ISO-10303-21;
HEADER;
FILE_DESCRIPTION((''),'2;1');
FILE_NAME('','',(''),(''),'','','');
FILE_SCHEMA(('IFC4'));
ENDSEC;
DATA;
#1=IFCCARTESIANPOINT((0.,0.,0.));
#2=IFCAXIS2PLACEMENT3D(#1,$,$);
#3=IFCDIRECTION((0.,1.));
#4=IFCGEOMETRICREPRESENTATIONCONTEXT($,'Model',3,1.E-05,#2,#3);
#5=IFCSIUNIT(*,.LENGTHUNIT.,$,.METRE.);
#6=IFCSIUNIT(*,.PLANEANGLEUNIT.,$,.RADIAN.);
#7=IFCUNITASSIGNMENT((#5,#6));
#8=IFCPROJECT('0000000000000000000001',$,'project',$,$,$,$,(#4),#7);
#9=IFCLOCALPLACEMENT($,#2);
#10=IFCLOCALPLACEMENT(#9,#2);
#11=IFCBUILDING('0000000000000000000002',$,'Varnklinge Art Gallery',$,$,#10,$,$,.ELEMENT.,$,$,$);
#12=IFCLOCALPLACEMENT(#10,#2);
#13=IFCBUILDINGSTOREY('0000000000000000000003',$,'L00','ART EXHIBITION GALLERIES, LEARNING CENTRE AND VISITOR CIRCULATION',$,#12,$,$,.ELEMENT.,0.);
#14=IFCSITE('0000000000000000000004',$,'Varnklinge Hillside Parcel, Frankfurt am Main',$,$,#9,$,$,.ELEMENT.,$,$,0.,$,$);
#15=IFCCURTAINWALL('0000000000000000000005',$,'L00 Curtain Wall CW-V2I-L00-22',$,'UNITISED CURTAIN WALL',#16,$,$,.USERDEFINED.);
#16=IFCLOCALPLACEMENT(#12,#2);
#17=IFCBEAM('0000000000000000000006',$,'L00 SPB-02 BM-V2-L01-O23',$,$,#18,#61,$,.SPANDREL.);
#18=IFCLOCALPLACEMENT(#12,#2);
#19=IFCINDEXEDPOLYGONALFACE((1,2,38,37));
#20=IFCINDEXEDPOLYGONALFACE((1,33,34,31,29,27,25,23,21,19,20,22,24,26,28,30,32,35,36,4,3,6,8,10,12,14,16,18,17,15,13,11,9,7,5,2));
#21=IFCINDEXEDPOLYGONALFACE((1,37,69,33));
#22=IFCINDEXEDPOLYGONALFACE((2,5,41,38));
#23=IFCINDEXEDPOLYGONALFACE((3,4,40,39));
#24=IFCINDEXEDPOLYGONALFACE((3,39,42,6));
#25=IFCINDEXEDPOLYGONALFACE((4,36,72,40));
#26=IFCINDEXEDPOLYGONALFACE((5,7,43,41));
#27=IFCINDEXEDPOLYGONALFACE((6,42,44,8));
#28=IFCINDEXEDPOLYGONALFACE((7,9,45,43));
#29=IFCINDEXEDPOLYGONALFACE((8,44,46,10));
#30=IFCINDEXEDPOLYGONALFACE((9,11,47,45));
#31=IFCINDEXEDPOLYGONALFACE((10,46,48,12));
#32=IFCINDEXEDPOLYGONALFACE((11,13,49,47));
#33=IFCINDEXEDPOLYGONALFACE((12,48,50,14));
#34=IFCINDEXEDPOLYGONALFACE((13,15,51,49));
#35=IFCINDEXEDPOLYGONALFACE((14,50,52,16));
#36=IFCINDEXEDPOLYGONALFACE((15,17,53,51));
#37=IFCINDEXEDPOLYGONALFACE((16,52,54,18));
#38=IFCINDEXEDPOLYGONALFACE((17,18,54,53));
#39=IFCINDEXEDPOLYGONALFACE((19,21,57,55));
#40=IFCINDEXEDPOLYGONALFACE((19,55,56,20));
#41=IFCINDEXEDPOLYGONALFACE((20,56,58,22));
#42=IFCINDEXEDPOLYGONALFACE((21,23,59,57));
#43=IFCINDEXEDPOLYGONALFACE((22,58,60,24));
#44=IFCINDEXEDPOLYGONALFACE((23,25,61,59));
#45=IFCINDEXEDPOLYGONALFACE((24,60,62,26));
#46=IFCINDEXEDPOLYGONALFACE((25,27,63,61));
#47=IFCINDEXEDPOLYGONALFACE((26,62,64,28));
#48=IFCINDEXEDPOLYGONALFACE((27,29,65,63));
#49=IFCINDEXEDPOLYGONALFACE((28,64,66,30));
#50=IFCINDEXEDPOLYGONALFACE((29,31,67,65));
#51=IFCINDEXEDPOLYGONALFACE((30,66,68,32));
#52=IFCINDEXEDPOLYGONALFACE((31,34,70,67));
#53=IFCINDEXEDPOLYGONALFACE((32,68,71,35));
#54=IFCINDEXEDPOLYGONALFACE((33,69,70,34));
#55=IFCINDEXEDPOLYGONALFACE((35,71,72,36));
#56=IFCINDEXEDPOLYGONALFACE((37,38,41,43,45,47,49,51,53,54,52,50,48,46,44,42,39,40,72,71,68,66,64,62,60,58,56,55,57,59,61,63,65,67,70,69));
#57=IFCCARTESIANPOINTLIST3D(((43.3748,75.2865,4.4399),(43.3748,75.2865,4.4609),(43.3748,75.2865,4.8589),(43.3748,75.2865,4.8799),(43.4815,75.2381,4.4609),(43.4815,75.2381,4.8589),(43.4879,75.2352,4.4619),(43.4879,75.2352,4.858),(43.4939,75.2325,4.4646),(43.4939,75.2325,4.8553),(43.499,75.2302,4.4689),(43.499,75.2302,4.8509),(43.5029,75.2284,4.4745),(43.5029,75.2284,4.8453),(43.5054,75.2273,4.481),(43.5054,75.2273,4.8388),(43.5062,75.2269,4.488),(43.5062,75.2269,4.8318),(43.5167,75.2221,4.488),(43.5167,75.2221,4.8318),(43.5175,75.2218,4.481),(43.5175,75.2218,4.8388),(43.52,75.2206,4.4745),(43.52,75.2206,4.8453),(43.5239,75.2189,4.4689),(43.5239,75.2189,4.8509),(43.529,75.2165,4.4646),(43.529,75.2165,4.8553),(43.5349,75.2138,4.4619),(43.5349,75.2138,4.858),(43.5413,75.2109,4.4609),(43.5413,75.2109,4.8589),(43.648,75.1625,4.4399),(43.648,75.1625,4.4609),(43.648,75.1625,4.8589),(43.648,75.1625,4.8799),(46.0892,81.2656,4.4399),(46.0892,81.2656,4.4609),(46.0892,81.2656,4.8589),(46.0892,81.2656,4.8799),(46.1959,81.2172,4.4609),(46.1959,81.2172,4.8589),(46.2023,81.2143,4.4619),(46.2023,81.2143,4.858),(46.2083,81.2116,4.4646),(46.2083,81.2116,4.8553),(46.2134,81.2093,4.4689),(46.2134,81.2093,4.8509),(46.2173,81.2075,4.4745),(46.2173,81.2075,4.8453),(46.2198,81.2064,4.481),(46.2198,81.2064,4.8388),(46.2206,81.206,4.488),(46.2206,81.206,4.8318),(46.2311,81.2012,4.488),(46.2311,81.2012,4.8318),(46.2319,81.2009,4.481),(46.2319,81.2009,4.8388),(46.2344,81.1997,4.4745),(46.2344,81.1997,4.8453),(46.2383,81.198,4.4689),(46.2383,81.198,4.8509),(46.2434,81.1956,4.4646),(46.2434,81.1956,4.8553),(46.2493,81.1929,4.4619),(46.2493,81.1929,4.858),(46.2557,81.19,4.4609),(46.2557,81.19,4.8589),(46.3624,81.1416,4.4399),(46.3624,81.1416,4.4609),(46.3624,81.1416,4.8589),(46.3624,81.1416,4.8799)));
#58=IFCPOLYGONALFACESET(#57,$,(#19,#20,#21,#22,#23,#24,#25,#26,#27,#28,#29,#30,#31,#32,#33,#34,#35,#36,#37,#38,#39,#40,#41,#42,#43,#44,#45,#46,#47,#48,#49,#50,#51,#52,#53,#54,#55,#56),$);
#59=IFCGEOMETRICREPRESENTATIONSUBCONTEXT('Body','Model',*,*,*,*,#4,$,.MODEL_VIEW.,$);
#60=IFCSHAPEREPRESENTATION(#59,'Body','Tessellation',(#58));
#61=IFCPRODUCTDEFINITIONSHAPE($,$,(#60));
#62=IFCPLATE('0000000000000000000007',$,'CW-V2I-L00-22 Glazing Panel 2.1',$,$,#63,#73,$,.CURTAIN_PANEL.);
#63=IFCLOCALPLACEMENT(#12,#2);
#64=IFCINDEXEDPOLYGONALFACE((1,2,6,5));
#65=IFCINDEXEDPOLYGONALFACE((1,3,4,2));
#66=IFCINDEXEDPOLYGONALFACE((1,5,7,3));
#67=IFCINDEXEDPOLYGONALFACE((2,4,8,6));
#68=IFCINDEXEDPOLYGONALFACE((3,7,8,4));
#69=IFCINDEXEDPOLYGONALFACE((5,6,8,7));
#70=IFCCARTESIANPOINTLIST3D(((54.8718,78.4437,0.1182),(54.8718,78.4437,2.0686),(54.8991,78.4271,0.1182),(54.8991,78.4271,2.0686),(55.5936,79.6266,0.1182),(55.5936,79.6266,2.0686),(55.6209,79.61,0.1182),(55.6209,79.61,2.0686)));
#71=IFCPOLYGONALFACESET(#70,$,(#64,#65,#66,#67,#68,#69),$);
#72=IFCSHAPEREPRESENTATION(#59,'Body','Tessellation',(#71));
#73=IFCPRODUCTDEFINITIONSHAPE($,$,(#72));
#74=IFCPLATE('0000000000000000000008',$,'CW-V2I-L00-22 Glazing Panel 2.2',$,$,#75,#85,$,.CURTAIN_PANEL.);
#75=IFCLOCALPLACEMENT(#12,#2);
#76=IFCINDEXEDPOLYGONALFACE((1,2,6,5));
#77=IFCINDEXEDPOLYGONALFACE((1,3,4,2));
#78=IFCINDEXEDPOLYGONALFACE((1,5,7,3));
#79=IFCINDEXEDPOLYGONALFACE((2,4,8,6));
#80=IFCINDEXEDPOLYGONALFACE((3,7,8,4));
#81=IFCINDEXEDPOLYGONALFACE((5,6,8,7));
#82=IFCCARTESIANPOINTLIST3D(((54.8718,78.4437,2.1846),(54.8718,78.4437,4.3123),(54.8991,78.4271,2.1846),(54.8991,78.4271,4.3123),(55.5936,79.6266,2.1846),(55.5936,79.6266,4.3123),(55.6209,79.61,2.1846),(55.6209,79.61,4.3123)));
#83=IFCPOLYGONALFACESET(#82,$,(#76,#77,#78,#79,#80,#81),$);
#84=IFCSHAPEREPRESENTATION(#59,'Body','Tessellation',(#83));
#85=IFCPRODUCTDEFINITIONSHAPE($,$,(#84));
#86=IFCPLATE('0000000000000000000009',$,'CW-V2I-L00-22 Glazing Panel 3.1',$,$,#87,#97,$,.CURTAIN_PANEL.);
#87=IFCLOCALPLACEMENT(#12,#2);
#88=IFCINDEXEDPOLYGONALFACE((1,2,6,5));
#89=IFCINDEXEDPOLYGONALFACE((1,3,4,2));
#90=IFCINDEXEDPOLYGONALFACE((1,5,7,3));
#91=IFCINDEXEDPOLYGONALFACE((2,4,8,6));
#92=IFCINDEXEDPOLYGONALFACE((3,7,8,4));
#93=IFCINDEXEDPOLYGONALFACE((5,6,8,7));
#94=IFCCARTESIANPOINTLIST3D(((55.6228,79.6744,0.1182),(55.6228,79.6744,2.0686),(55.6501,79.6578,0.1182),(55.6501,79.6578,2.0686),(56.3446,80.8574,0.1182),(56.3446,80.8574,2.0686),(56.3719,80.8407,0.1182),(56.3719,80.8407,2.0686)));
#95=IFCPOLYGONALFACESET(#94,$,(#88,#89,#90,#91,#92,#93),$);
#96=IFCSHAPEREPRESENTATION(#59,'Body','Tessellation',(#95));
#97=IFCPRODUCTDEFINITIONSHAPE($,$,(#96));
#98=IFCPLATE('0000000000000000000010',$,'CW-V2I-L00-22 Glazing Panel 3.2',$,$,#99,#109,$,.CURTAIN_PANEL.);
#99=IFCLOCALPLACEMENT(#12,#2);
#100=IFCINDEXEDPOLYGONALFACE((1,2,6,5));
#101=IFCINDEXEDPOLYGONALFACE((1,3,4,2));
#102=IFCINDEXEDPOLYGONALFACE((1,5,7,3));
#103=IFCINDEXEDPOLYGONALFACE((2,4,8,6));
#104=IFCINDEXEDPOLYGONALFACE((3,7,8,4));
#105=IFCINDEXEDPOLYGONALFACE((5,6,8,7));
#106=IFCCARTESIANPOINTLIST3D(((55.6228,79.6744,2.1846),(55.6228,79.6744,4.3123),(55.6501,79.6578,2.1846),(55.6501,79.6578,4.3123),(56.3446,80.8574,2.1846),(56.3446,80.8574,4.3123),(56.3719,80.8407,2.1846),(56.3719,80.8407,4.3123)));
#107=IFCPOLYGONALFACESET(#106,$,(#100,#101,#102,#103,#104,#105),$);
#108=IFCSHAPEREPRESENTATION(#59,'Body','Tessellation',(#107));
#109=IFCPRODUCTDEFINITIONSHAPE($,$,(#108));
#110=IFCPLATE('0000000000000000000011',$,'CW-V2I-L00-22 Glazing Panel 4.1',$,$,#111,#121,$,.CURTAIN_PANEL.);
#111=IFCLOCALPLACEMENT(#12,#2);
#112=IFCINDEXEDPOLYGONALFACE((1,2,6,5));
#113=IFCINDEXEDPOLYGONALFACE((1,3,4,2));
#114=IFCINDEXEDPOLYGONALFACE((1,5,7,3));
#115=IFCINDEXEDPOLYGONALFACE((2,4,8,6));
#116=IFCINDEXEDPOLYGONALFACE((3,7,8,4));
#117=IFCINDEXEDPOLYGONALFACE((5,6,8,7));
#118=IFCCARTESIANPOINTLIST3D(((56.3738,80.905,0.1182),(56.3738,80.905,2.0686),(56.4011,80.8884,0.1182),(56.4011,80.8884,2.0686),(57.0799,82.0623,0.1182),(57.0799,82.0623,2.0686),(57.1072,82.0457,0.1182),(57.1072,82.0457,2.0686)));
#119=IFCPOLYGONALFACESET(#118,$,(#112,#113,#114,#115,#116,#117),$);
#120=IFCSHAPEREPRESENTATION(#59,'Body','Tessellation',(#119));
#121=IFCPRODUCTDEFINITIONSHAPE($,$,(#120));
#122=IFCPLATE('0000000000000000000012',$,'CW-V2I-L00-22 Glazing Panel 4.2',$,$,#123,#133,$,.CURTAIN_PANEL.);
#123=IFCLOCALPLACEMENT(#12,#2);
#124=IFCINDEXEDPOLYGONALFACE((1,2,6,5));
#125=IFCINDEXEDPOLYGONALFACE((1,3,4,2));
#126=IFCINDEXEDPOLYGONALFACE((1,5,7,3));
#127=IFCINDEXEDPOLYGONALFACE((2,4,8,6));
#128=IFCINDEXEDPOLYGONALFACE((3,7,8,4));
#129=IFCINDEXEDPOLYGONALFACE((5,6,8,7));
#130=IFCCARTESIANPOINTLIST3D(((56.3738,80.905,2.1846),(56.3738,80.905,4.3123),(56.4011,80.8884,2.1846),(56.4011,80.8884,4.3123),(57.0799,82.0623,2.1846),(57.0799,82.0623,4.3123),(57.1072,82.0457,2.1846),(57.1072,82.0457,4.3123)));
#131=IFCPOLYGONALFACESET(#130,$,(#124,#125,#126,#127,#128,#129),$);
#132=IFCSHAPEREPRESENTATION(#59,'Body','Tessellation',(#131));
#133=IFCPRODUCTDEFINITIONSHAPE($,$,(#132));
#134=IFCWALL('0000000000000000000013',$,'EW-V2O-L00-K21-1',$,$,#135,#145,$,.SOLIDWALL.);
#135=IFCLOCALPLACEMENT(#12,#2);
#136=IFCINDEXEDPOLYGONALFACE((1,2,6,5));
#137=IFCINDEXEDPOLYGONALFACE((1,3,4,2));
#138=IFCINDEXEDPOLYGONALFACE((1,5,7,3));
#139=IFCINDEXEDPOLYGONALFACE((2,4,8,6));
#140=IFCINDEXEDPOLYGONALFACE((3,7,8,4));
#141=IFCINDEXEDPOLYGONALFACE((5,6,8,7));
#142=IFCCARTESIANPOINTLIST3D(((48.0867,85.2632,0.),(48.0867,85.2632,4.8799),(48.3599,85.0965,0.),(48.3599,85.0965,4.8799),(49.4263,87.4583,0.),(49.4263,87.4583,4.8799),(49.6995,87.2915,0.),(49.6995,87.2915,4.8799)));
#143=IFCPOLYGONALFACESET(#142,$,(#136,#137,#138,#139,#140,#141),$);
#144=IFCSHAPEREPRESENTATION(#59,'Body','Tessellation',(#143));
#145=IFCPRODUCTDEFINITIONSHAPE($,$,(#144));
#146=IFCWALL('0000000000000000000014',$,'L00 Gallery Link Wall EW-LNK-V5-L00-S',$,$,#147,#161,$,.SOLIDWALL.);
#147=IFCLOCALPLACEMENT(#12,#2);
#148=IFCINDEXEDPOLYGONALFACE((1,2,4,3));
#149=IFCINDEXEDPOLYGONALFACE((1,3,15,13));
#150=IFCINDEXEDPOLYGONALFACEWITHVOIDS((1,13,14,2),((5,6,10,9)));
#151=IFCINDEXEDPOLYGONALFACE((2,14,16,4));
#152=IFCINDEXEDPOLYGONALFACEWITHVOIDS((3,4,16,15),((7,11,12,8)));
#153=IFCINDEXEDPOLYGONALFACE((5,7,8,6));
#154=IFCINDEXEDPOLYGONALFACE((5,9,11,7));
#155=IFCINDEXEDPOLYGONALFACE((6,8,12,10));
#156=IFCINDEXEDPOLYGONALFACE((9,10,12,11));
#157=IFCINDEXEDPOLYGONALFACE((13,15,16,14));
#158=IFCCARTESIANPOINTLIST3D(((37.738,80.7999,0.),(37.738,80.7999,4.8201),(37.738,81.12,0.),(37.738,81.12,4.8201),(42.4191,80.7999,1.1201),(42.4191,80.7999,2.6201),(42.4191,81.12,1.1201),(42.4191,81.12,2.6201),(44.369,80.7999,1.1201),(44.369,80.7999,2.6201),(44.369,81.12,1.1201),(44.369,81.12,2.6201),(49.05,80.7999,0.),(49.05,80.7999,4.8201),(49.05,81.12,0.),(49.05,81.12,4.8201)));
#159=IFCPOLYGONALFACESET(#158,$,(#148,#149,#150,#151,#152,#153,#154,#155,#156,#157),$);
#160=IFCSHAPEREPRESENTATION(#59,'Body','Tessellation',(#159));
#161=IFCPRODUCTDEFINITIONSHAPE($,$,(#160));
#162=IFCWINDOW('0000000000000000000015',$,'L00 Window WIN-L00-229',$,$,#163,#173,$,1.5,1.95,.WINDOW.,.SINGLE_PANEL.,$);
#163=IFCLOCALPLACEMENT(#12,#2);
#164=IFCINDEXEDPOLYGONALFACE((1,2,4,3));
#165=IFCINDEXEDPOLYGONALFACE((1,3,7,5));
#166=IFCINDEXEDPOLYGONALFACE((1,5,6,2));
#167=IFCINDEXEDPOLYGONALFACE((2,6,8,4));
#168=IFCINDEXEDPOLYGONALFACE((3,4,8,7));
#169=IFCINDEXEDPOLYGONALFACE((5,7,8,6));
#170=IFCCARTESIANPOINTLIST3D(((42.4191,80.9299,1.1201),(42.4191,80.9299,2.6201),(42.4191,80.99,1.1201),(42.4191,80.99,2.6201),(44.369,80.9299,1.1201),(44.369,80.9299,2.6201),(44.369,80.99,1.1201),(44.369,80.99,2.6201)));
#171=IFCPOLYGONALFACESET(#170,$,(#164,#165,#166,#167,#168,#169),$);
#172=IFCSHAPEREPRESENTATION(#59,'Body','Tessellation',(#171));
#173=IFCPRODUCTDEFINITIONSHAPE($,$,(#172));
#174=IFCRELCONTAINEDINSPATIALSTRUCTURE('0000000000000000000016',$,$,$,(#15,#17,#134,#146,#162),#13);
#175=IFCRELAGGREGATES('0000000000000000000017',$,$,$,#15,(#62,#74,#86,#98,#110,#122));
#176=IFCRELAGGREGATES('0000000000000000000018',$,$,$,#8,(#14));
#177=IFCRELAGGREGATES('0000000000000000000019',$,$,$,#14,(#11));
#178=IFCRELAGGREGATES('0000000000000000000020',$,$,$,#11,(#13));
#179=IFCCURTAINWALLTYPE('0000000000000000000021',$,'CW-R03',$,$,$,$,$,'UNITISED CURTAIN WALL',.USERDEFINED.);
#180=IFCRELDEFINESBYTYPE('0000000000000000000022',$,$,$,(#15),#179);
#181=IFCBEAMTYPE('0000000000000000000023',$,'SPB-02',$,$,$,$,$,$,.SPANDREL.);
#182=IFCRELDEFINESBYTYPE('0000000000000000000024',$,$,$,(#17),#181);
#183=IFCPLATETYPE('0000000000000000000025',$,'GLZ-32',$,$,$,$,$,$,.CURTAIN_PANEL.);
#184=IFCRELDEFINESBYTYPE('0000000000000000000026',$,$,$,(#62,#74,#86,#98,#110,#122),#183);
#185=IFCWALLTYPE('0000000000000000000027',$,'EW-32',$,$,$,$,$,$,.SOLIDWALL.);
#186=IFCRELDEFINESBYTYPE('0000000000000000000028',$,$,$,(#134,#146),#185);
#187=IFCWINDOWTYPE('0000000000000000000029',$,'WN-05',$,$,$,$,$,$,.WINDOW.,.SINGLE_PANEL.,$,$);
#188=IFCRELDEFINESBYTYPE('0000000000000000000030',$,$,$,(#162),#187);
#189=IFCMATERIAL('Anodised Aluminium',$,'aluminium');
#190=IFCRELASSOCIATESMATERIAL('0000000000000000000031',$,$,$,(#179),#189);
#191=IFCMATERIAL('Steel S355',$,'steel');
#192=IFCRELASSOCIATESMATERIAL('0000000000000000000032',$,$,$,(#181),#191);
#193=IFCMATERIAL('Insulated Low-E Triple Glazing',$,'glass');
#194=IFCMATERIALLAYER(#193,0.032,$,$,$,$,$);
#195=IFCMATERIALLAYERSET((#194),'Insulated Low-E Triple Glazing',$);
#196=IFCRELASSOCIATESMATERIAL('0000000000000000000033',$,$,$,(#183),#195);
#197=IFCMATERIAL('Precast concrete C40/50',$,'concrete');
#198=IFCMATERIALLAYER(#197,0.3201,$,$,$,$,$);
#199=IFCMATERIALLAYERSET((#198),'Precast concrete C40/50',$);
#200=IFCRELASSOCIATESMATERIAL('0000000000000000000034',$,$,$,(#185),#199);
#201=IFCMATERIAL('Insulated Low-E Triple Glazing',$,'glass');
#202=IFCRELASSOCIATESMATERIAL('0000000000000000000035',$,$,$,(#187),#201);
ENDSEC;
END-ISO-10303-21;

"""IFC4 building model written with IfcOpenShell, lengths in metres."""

from ifc_helpers import new_model, si_unit, direction, frame, frame_2d, origin, origin_2d, place, context, subcontext, project, spatial, rectangle, i_section, extrude, material, layer, layer_set, material_profile, profile_set, type_object, element, fill, aggregate, save


model = new_model("IFC4")

# Units and contexts
model_context = context("Model", 3, precision=1e-05, world=origin(), true_north=direction((0.0, 1.0)))
body_context = subcontext(model_context, "Body", "Model", "MODEL_VIEW")
ifc_project = project(units=[si_unit("LENGTHUNIT", "METRE"), si_unit("PLANEANGLEUNIT", "RADIAN")], contexts=[model_context])

# Site, building, storey
site_placement = place(None, origin())
site = spatial("IfcSite", under=ifc_project, at=site_placement, Name="Varnklinge Hillside Parcel, Frankfurt am Main", CompositionType="ELEMENT", RefElevation=0.0)
building_placement = place(site_placement, origin())
building = spatial("IfcBuilding", under=site, at=building_placement, Name="Varnklinge Art Gallery", CompositionType="ELEMENT")
storey_placement = place(building_placement, origin())
storey = spatial("IfcBuildingStorey", under=building, at=storey_placement, Name="L00", Description="ART EXHIBITION GALLERIES, LEARNING CENTRE AND VISITOR CIRCULATION", CompositionType="ELEMENT", Elevation=0.0)

# Curtain wall
ifc_material_1 = material(Name="Anodised Aluminium", Category="aluminium")
curtain_wall_type = type_object("IfcCurtainWallType", Name="CW-R03", ElementType="UNITISED CURTAIN WALL", PredefinedType="USERDEFINED", material=ifc_material_1)
curtain_wall_placement = place(storey_placement, origin())
curtain_wall = element("IfcCurtainWall", 1, at=curtain_wall_placement, inside=storey, type_object=curtain_wall_type, Name="L00 Curtain Wall CW-V2I-L00-22", ObjectType="UNITISED CURTAIN WALL", PredefinedType="USERDEFINED")

# Beam
ifc_material_2 = material(Name="Steel S355", Category="steel")
ifc_material_profile_1 = material_profile(ifc_material_2, i_section(OverallWidth=0.3, OverallDepth=0.4399, WebThickness=0.0115, FlangeThickness=0.021, FilletRadius=0.0271, at=origin_2d()), Name="HEA 450")
ifc_profile_set_1 = profile_set([ifc_material_profile_1], Name="Steel S355")
beam_type_1 = type_object("IfcBeamType", Name="SPB-02", PredefinedType="SPANDREL", material=ifc_profile_set_1)
beam_1_placement = place(storey_placement, frame((46.2258, 81.2036, 4.6599), z_axis=(-0.413377, -0.91056, 0.0), x_axis=(0.91056, -0.413377, 0.0)))
element("IfcBeam", 2, at=beam_1_placement, inside=storey, type_object=beam_type_1, Name="L00 SPB-02 BM-V2-L01-O23", PredefinedType="SPANDREL", context=body_context, shape_type="SweptSolid", body=[
    extrude(i_section(OverallWidth=0.3, OverallDepth=0.4399, WebThickness=0.0115, FlangeThickness=0.021, FilletRadius=0.0271, at=origin_2d()), origin(), (0.0, 0.0, 1.0), 6.5664),
])

# Plates
ifc_material_3 = material(Name="Insulated Low-E Triple Glazing", Category="glass")
ifc_layer_1 = layer(ifc_material_3, 0.032)
ifc_layer_set_1 = layer_set([ifc_layer_1], Name="Insulated Low-E Triple Glazing")
plate_type = type_object("IfcPlateType", Name="GLZ-32", PredefinedType="CURTAIN_PANEL", material=ifc_layer_set_1)
plate_1_placement = place(storey_placement, frame((55.2463, 79.0269, 0.1182), z_axis=(0.0, 0.0, 1.0), x_axis=(0.520861, 0.853642, 0.0)))
plate_1 = element("IfcPlate", 3, at=plate_1_placement, type_object=plate_type, Name="CW-V2I-L00-22 Glazing Panel 2.1", PredefinedType="CURTAIN_PANEL", context=body_context, shape_type="SweptSolid", body=[
    extrude(rectangle(XDim=1.3857, YDim=0.032, at=origin_2d()), origin(), (0.0, 0.0, 1.0), 1.9504),
])
plate_2_placement = place(storey_placement, frame((55.2463, 79.0269, 2.1846), z_axis=(0.0, 0.0, 1.0), x_axis=(0.520861, 0.853642, 0.0)))
plate_2 = element("IfcPlate", 4, at=plate_2_placement, type_object=plate_type, Name="CW-V2I-L00-22 Glazing Panel 2.2", PredefinedType="CURTAIN_PANEL", context=body_context, shape_type="SweptSolid", body=[
    extrude(rectangle(XDim=1.3857, YDim=0.032, at=origin_2d()), origin(), (0.0, 0.0, 1.0), 2.1277),
])
plate_3_placement = place(storey_placement, frame((55.9973, 80.2576, 0.1182), z_axis=(0.0, 0.0, 1.0), x_axis=(0.520861, 0.853642, 0.0)))
plate_3 = element("IfcPlate", 5, at=plate_3_placement, type_object=plate_type, Name="CW-V2I-L00-22 Glazing Panel 3.1", PredefinedType="CURTAIN_PANEL", context=body_context, shape_type="SweptSolid", body=[
    extrude(rectangle(XDim=1.3857, YDim=0.032, at=origin_2d()), origin(), (0.0, 0.0, 1.0), 1.9504),
])
plate_4_placement = place(storey_placement, frame((55.9973, 80.2576, 2.1846), z_axis=(0.0, 0.0, 1.0), x_axis=(0.520861, 0.853642, 0.0)))
plate_4 = element("IfcPlate", 6, at=plate_4_placement, type_object=plate_type, Name="CW-V2I-L00-22 Glazing Panel 3.2", PredefinedType="CURTAIN_PANEL", context=body_context, shape_type="SweptSolid", body=[
    extrude(rectangle(XDim=1.3857, YDim=0.032, at=origin_2d()), origin(), (0.0, 0.0, 1.0), 2.1277),
])
plate_5_placement = place(storey_placement, frame((56.7405, 81.4753, 0.1182), z_axis=(0.0, 0.0, 1.0), x_axis=(0.520861, 0.853642, 0.0)))
plate_5 = element("IfcPlate", 7, at=plate_5_placement, type_object=plate_type, Name="CW-V2I-L00-22 Glazing Panel 4.1", PredefinedType="CURTAIN_PANEL", context=body_context, shape_type="SweptSolid", body=[
    extrude(rectangle(XDim=1.3557, YDim=0.032, at=origin_2d()), origin(), (0.0, 0.0, 1.0), 1.9504),
])
plate_6_placement = place(storey_placement, frame((56.7405, 81.4753, 2.1846), z_axis=(0.0, 0.0, 1.0), x_axis=(0.520861, 0.853642, 0.0)))
plate_6 = element("IfcPlate", 8, at=plate_6_placement, type_object=plate_type, Name="CW-V2I-L00-22 Glazing Panel 4.2", PredefinedType="CURTAIN_PANEL", context=body_context, shape_type="SweptSolid", body=[
    extrude(rectangle(XDim=1.3557, YDim=0.032, at=origin_2d()), origin(), (0.0, 0.0, 1.0), 2.1277),
])
aggregate(curtain_wall, [plate_1, plate_2, plate_3, plate_4, plate_5, plate_6])

# Wall
ifc_material_4 = material(Name="Precast concrete C40/50", Category="concrete")
ifc_layer_2 = layer(ifc_material_4, 0.3201)
ifc_layer_set_2 = layer_set([ifc_layer_2], Name="Precast concrete C40/50")
wall_type = type_object("IfcWallType", Name="EW-32", PredefinedType="SOLIDWALL", material=ifc_layer_set_2)
wall_1_placement = place(storey_placement, frame((48.2234, 85.1799, 0.0), z_axis=(0.0, 0.0, 1.0), x_axis=(0.520931, 0.853598, 0.0)))
element("IfcWall", 9, at=wall_1_placement, inside=storey, type_object=wall_type, Name="EW-V2O-L00-K21-1", PredefinedType="SOLIDWALL", context=body_context, shape_type="SweptSolid", body=[
    extrude(rectangle(XDim=2.5715, YDim=0.3201, at=frame_2d((1.2856, 0.0))), origin(), (0.0, 0.0, 1.0), 4.8799),
])

# Wall, opening, window
wall_2_placement = place(storey_placement, frame((49.05, 80.96, 0.0), z_axis=(0.0, 0.0, 1.0), x_axis=(-1.0, 0.0, 0.0)))
wall_2 = element("IfcWall", 10, at=wall_2_placement, inside=storey, type_object=wall_type, Name="L00 Gallery Link Wall EW-LNK-V5-L00-S", PredefinedType="SOLIDWALL", context=body_context, shape_type="SweptSolid", body=[
    extrude(rectangle(XDim=11.312, YDim=0.3201, at=frame_2d((5.656, 0.0))), origin(), (0.0, 0.0, 1.0), 4.8201),
])
opening_placement = place(wall_2_placement, frame((4.6809, 0.0, 1.1201)))
opening = element("IfcOpeningElement", 11, at=opening_placement, cuts=wall_2, PredefinedType="OPENING", context=body_context, shape_type="SweptSolid", body=[
    extrude(rectangle(XDim=1.95, YDim=1.5, at=frame_2d((0.9751, 0.75))), frame((0.0, 0.1702, 0.0), z_axis=(0.0, -1.0, 0.0), x_axis=(1.0, 0.0, 0.0)), (0.0, 0.0, 1.0), 0.3401),
])
ifc_material_5 = material(Name="Insulated Low-E Triple Glazing", Category="glass")
window_type = type_object("IfcWindowType", Name="WN-05", PartitioningType="SINGLE_PANEL", PredefinedType="WINDOW", material=ifc_material_5)
window_placement = place(opening_placement, origin())
window = element("IfcWindow", 12, at=window_placement, inside=storey, type_object=window_type, Name="L00 Window WIN-L00-229", OverallHeight=1.5, OverallWidth=1.95, PartitioningType="SINGLE_PANEL", PredefinedType="WINDOW", context=body_context, shape_type="SweptSolid", body=[
    extrude(rectangle(XDim=1.95, YDim=1.5, at=frame_2d((0.9751, 0.75))), frame((0.0, 0.03, 0.0), z_axis=(0.0, -1.0, 0.0), x_axis=(1.0, 0.0, 0.0)), (0.0, 0.0, 1.0), 0.0601),
])
fill(opening, window)

save(model, "model.ifc")
